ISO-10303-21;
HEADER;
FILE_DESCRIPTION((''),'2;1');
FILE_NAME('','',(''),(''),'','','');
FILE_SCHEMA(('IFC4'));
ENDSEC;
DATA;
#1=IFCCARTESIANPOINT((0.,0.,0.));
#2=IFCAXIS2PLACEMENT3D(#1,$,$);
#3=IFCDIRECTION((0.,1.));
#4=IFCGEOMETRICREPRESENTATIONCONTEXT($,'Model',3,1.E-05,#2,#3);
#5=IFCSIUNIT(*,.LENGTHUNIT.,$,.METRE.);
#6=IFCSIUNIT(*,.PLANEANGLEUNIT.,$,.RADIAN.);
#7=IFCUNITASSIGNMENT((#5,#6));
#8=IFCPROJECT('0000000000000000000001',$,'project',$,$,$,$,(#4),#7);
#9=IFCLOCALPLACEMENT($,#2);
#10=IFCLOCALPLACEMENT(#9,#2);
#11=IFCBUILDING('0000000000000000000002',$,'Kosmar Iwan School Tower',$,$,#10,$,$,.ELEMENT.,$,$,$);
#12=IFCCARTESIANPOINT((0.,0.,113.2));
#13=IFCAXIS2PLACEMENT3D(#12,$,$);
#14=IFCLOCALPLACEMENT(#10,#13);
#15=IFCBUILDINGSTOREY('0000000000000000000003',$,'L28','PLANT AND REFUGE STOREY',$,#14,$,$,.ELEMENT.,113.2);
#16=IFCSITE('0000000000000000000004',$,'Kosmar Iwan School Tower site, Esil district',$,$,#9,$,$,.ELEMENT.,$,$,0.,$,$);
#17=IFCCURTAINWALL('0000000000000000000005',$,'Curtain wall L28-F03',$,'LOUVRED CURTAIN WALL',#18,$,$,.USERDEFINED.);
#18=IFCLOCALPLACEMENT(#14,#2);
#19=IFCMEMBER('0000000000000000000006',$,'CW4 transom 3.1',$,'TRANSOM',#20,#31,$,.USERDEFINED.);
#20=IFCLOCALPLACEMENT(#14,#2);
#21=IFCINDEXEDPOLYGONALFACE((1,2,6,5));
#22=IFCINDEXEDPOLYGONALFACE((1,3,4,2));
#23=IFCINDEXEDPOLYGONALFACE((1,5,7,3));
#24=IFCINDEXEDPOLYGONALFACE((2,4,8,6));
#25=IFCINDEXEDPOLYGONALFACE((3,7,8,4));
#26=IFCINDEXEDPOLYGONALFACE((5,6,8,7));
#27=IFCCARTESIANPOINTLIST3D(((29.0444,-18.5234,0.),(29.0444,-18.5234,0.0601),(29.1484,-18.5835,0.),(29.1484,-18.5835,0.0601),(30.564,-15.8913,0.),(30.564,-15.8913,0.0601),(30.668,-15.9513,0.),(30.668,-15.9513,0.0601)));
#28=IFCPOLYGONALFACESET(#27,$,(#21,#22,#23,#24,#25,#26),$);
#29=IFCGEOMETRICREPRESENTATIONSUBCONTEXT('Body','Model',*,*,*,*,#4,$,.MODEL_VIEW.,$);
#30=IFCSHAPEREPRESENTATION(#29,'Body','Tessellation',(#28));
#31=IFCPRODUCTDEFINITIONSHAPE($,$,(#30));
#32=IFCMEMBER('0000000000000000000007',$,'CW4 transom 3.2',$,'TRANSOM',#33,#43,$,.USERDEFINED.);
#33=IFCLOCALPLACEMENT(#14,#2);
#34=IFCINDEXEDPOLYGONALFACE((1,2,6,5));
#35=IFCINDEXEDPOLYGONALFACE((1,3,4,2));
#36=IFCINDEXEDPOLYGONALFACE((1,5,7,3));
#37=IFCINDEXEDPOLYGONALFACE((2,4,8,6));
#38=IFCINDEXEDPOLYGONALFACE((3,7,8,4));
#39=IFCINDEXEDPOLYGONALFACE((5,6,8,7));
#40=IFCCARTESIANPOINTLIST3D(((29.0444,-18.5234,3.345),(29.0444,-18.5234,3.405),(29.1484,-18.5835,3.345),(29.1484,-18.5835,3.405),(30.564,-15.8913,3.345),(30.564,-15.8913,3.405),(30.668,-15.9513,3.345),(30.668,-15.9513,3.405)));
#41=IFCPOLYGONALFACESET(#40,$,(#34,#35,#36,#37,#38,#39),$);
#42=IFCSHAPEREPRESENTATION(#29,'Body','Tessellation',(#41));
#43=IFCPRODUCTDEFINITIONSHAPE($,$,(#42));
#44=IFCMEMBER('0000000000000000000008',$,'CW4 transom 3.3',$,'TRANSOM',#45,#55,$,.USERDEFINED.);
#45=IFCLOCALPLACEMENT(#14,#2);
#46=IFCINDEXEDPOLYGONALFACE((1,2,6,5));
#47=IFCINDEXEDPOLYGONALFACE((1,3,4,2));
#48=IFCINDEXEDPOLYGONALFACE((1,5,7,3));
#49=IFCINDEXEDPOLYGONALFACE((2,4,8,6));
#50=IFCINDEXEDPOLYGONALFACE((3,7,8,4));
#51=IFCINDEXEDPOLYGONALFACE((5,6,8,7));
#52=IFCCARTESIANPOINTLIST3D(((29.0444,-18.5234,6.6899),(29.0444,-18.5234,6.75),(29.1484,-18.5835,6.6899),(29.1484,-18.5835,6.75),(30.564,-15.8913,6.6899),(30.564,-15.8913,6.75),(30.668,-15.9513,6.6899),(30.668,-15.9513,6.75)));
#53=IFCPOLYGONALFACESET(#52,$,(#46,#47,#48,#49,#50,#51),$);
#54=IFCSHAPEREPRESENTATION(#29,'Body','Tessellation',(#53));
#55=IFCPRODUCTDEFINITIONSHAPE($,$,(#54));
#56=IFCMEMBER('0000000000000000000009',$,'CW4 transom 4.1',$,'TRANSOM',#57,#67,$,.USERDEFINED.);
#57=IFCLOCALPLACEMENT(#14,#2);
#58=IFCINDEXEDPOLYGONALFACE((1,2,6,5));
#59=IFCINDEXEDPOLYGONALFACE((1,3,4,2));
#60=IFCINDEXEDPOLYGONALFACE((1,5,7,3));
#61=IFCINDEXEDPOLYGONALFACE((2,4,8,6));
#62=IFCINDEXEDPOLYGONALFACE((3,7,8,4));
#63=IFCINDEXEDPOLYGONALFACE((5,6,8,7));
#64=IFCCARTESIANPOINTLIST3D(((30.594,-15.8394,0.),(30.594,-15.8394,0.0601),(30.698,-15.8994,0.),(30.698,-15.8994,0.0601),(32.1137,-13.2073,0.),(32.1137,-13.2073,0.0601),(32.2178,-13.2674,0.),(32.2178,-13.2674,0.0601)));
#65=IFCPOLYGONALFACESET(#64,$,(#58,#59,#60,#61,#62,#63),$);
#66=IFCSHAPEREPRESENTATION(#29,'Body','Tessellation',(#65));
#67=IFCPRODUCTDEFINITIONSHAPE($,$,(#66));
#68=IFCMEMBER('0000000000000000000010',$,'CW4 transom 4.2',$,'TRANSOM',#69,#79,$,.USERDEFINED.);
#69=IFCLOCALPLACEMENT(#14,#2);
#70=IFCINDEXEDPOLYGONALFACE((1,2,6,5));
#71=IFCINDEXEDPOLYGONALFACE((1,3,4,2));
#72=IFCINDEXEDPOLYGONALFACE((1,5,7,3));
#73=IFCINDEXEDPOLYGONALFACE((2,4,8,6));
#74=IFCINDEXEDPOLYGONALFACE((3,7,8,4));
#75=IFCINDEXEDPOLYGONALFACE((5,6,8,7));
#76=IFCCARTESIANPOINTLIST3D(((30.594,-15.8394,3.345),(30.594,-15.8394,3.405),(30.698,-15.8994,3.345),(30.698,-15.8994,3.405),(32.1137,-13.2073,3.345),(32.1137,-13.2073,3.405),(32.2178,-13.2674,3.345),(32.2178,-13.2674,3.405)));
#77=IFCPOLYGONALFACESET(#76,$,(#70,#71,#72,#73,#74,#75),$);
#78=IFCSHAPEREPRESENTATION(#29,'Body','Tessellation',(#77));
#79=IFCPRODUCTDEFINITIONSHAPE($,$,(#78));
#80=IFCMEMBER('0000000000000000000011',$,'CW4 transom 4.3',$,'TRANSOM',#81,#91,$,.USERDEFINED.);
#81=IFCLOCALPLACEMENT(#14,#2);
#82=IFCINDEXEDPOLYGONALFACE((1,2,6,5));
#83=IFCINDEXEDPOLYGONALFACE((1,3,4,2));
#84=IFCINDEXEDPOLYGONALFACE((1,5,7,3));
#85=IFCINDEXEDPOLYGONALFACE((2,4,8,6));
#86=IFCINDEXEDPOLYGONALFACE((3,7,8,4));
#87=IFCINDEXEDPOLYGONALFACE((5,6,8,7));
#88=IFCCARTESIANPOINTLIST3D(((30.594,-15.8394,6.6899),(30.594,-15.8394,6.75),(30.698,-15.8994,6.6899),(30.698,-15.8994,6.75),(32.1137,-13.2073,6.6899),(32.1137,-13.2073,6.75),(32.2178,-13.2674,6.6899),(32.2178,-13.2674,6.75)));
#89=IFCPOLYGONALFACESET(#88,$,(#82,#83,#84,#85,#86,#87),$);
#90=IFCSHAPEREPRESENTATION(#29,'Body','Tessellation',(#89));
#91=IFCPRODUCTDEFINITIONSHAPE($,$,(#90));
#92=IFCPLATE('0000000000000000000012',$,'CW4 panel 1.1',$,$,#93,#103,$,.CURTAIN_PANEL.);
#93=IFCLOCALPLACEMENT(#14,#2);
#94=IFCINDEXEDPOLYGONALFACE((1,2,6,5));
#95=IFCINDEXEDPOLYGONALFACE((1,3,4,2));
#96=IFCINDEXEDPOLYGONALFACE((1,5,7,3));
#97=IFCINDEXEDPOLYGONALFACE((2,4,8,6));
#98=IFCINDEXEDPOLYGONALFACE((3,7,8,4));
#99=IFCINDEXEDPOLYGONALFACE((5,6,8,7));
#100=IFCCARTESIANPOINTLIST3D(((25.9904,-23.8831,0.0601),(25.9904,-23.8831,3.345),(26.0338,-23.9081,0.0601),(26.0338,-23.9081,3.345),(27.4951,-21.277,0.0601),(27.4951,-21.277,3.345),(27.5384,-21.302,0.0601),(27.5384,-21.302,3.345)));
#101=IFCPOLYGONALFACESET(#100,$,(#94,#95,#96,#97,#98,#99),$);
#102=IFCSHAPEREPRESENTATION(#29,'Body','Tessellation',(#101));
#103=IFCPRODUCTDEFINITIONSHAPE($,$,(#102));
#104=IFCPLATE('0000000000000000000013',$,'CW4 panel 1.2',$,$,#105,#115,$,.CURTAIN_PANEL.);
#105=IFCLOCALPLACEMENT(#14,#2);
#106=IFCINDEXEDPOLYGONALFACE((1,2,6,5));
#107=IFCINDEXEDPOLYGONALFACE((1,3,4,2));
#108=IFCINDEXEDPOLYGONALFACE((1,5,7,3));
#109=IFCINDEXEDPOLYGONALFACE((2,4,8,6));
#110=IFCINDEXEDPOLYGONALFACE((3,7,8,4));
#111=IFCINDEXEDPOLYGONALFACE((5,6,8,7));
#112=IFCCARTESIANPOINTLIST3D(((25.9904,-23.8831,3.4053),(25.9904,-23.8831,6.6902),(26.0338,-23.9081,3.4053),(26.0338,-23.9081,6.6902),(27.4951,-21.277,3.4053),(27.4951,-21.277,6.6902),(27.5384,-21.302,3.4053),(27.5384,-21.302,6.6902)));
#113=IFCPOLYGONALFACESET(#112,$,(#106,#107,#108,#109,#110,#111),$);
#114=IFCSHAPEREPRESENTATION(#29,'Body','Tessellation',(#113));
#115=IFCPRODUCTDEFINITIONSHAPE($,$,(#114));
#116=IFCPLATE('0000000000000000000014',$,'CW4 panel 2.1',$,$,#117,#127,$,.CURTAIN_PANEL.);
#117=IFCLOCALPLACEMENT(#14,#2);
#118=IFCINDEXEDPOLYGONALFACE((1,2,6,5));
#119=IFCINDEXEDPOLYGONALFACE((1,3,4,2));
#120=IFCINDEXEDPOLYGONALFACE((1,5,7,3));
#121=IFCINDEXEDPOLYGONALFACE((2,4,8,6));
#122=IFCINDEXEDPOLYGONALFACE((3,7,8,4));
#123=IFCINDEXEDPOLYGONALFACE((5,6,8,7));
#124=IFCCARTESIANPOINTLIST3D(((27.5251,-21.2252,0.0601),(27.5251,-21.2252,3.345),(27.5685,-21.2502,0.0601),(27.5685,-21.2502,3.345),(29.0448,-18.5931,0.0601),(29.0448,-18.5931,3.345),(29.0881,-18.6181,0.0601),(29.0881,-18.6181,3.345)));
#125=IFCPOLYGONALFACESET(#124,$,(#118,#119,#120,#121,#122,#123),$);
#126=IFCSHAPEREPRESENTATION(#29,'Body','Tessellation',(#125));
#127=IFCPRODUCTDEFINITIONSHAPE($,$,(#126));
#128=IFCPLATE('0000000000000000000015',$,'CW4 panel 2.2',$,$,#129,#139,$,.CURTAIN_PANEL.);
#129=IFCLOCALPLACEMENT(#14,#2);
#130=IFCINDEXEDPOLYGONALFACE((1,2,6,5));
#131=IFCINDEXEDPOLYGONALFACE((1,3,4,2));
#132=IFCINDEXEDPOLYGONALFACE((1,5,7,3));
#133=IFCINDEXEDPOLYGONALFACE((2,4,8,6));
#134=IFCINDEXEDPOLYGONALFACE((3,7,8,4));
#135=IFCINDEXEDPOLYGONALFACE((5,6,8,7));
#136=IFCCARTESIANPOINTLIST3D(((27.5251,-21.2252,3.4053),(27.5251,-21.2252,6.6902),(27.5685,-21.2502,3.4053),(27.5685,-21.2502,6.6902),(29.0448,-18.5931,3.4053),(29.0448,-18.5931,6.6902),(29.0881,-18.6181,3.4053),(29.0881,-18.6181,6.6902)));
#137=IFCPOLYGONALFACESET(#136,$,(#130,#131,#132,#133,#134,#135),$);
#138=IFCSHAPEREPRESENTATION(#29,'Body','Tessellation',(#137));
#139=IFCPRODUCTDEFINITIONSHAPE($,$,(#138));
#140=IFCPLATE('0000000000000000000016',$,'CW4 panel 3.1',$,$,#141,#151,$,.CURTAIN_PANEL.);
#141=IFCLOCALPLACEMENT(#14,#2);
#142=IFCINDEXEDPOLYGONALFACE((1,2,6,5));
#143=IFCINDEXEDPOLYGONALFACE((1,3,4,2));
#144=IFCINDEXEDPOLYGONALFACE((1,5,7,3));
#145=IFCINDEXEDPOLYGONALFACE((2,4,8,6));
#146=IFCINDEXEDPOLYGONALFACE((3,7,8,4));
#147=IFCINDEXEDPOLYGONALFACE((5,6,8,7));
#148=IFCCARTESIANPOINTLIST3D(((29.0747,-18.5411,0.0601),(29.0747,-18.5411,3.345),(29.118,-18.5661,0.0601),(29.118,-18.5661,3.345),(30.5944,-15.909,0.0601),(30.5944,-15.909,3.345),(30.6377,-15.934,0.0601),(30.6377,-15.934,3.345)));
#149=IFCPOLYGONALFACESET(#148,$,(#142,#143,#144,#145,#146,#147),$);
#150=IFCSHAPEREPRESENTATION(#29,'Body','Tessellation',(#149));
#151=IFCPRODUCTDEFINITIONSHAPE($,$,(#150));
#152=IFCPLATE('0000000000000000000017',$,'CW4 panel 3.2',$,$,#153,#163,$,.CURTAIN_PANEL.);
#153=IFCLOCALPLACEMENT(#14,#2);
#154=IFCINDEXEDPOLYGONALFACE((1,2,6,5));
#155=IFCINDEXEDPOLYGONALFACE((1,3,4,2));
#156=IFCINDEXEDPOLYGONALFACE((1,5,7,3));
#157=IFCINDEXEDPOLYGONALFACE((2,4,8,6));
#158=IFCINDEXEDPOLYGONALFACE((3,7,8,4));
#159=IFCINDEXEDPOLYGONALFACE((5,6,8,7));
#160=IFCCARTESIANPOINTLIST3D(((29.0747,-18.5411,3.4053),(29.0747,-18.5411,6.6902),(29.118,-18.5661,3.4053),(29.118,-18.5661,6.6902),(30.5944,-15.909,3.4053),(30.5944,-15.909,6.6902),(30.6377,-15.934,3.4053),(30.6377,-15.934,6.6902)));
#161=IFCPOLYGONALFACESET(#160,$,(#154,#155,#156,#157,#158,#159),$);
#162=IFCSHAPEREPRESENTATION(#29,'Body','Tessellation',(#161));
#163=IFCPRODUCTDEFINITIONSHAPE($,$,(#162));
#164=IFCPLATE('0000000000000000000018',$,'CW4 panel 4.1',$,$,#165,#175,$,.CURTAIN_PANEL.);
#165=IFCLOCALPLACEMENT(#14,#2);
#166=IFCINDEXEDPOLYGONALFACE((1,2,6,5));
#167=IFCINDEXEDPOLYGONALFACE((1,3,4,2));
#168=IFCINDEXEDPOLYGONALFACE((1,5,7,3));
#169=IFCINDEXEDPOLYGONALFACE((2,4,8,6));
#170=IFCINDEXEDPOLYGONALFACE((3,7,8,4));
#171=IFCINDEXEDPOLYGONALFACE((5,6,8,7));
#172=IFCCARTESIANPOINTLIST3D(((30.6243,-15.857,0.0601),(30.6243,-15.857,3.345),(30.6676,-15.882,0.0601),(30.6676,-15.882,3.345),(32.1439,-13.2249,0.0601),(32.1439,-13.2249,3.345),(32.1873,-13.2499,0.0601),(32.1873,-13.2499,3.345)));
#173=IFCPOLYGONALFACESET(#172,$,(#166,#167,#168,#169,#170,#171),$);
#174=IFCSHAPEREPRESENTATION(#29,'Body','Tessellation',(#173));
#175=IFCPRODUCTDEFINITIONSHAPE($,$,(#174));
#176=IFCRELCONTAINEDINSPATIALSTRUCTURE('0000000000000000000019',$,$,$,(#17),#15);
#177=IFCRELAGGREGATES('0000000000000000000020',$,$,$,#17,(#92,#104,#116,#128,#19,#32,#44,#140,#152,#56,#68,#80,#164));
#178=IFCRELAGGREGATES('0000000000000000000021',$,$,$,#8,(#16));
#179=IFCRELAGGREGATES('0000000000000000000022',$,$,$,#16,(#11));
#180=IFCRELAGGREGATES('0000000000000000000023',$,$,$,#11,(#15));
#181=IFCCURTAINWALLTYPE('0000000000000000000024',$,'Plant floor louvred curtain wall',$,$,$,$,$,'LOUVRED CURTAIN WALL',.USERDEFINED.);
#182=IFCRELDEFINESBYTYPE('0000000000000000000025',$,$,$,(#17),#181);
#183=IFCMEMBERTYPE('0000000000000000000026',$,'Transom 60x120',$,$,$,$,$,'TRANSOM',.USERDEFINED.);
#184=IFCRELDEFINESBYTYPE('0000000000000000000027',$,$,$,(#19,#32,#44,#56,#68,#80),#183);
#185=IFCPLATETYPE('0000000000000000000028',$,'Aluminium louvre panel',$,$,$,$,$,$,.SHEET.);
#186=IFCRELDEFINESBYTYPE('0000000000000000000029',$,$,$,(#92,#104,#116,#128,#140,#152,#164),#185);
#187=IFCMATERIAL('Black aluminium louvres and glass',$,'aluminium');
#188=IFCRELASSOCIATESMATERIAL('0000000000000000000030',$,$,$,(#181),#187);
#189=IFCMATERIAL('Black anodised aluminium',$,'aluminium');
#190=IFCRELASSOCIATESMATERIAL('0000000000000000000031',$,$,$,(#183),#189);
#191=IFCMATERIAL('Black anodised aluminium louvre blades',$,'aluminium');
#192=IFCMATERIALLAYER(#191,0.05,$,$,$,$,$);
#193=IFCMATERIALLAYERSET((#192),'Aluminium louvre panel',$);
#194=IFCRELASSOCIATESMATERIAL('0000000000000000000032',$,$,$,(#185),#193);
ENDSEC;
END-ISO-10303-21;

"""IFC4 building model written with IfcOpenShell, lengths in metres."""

from ifc_helpers import new_model, si_unit, direction, frame, origin, origin_2d, place, context, subcontext, project, spatial, rectangle, extrude, material, layer, layer_set, material_profile, profile_set, type_object, element, aggregate, save


model = new_model("IFC4")

# Units and contexts
model_context = context("Model", 3, precision=1e-05, world=origin(), true_north=direction((0.0, 1.0)))
body_context = subcontext(model_context, "Body", "Model", "MODEL_VIEW")
ifc_project = project(units=[si_unit("LENGTHUNIT", "METRE"), si_unit("PLANEANGLEUNIT", "RADIAN")], contexts=[model_context])

# Site, building, storey
site_placement = place(None, origin())
site = spatial("IfcSite", under=ifc_project, at=site_placement, Name="Kosmar Iwan School Tower site, Esil district", CompositionType="ELEMENT", RefElevation=0.0)
building_placement = place(site_placement, origin())
building = spatial("IfcBuilding", under=site, at=building_placement, Name="Kosmar Iwan School Tower", CompositionType="ELEMENT")
storey_placement = place(building_placement, frame((0.0, 0.0, 113.2)))
storey = spatial("IfcBuildingStorey", under=building, at=storey_placement, Name="L28", Description="PLANT AND REFUGE STOREY", CompositionType="ELEMENT", Elevation=113.2)

# Curtain wall
ifc_material_1 = material(Name="Black aluminium louvres and glass", Category="aluminium")
curtain_wall_type_1 = type_object("IfcCurtainWallType", Name="Plant floor louvred curtain wall", ElementType="LOUVRED CURTAIN WALL", PredefinedType="USERDEFINED", material=ifc_material_1)
curtain_wall_1_placement = place(storey_placement, origin())
curtain_wall_1 = element("IfcCurtainWall", 1, at=curtain_wall_1_placement, inside=storey, type_object=curtain_wall_type_1, Name="Curtain wall L28-F03", ObjectType="LOUVRED CURTAIN WALL", PredefinedType="USERDEFINED")

# Members
ifc_material_2 = material(Name="Black anodised aluminium", Category="aluminium")
ifc_material_profile_1 = material_profile(ifc_material_2, rectangle(XDim=0.1201, YDim=0.0601, at=origin_2d()), Name="TRANSOM 60x120")
ifc_profile_set_1 = profile_set([ifc_material_profile_1], Name="Black anodised aluminium")
member_type_1 = type_object("IfcMemberType", Name="Transom 60x120", ElementType="TRANSOM", PredefinedType="USERDEFINED", material=ifc_profile_set_1)
member_1_placement = place(storey_placement, frame((29.0964, -18.5535, 0.03), z_axis=(0.499975, 0.86604, 0.0), x_axis=(-0.86604, 0.499975, 0.0)))
member_1 = element("IfcMember", 2, at=member_1_placement, type_object=member_type_1, Name="CW4 transom 3.1", ObjectType="TRANSOM", PredefinedType="USERDEFINED", context=body_context, shape_type="SweptSolid", body=[
    extrude(rectangle(XDim=0.1201, YDim=0.0601, at=origin_2d()), origin(), (0.0, 0.0, 1.0), 3.0393),
])
member_2_placement = place(storey_placement, frame((29.0964, -18.5535, 3.375), z_axis=(0.499975, 0.86604, 0.0), x_axis=(-0.86604, 0.499975, 0.0)))
member_2 = element("IfcMember", 3, at=member_2_placement, type_object=member_type_1, Name="CW4 transom 3.2", ObjectType="TRANSOM", PredefinedType="USERDEFINED", context=body_context, shape_type="SweptSolid", body=[
    extrude(rectangle(XDim=0.1201, YDim=0.0601, at=origin_2d()), origin(), (0.0, 0.0, 1.0), 3.0393),
])
member_3_placement = place(storey_placement, frame((29.0964, -18.5535, 6.72), z_axis=(0.499975, 0.86604, 0.0), x_axis=(-0.86604, 0.499975, 0.0)))
member_3 = element("IfcMember", 4, at=member_3_placement, type_object=member_type_1, Name="CW4 transom 3.3", ObjectType="TRANSOM", PredefinedType="USERDEFINED", context=body_context, shape_type="SweptSolid", body=[
    extrude(rectangle(XDim=0.1201, YDim=0.0601, at=origin_2d()), origin(), (0.0, 0.0, 1.0), 3.0393),
])
member_4_placement = place(storey_placement, frame((30.646, -15.8694, 0.03), z_axis=(0.500035, 0.866005, 0.0), x_axis=(-0.866005, 0.500035, 0.0)))
member_4 = element("IfcMember", 5, at=member_4_placement, type_object=member_type_1, Name="CW4 transom 4.1", ObjectType="TRANSOM", PredefinedType="USERDEFINED", context=body_context, shape_type="SweptSolid", body=[
    extrude(rectangle(XDim=0.1201, YDim=0.0601, at=origin_2d()), origin(), (0.0, 0.0, 1.0), 3.0393),
])
member_5_placement = place(storey_placement, frame((30.646, -15.8694, 3.375), z_axis=(0.500035, 0.866005, 0.0), x_axis=(-0.866005, 0.500035, 0.0)))
member_5 = element("IfcMember", 6, at=member_5_placement, type_object=member_type_1, Name="CW4 transom 4.2", ObjectType="TRANSOM", PredefinedType="USERDEFINED", context=body_context, shape_type="SweptSolid", body=[
    extrude(rectangle(XDim=0.1201, YDim=0.0601, at=origin_2d()), origin(), (0.0, 0.0, 1.0), 3.0393),
])
member_6_placement = place(storey_placement, frame((30.646, -15.8694, 6.72), z_axis=(0.500035, 0.866005, 0.0), x_axis=(-0.866005, 0.500035, 0.0)))
member_6 = element("IfcMember", 7, at=member_6_placement, type_object=member_type_1, Name="CW4 transom 4.3", ObjectType="TRANSOM", PredefinedType="USERDEFINED", context=body_context, shape_type="SweptSolid", body=[
    extrude(rectangle(XDim=0.1201, YDim=0.0601, at=origin_2d()), origin(), (0.0, 0.0, 1.0), 3.0393),
])

# Plates
ifc_material_3 = material(Name="Black anodised aluminium louvre blades", Category="aluminium")
ifc_layer = layer(ifc_material_3, 0.05)
ifc_layer_set = layer_set([ifc_layer], Name="Aluminium louvre panel")
plate_type = type_object("IfcPlateType", Name="Aluminium louvre panel", PredefinedType="SHEET", material=ifc_layer_set)
plate_1_placement = place(storey_placement, frame((26.7644, -22.5925, 0.0601), z_axis=(0.0, 0.0, 1.0), x_axis=(0.5, 0.866025, 0.0)))
plate_1 = element("IfcPlate", 8, at=plate_1_placement, type_object=plate_type, Name="CW4 panel 1.1", PredefinedType="CURTAIN_PANEL", context=body_context, shape_type="SweptSolid", body=[
    extrude(rectangle(XDim=3.0093, YDim=0.05, at=origin_2d()), origin(), (0.0, 0.0, 1.0), 3.2849),
])
plate_2_placement = place(storey_placement, frame((26.7644, -22.5925, 3.4053), z_axis=(0.0, 0.0, 1.0), x_axis=(0.5, 0.866025, 0.0)))
plate_2 = element("IfcPlate", 9, at=plate_2_placement, type_object=plate_type, Name="CW4 panel 1.2", PredefinedType="CURTAIN_PANEL", context=body_context, shape_type="SweptSolid", body=[
    extrude(rectangle(XDim=3.0093, YDim=0.05, at=origin_2d()), origin(), (0.0, 0.0, 1.0), 3.2849),
])
plate_3_placement = place(storey_placement, frame((28.3066, -19.9216, 0.0601), z_axis=(0.0, 0.0, 1.0), x_axis=(0.5, 0.866025, 0.0)))
plate_3 = element("IfcPlate", 10, at=plate_3_placement, type_object=plate_type, Name="CW4 panel 2.1", PredefinedType="CURTAIN_PANEL", context=body_context, shape_type="SweptSolid", body=[
    extrude(rectangle(XDim=3.0393, YDim=0.05, at=origin_2d()), origin(), (0.0, 0.0, 1.0), 3.2849),
])
plate_4_placement = place(storey_placement, frame((28.3066, -19.9216, 3.4053), z_axis=(0.0, 0.0, 1.0), x_axis=(0.5, 0.866025, 0.0)))
plate_4 = element("IfcPlate", 11, at=plate_4_placement, type_object=plate_type, Name="CW4 panel 2.2", PredefinedType="CURTAIN_PANEL", context=body_context, shape_type="SweptSolid", body=[
    extrude(rectangle(XDim=3.0393, YDim=0.05, at=origin_2d()), origin(), (0.0, 0.0, 1.0), 3.2849),
])
plate_5_placement = place(storey_placement, frame((29.8562, -17.2375, 0.0601), z_axis=(0.0, 0.0, 1.0), x_axis=(0.5, 0.866025, 0.0)))
plate_5 = element("IfcPlate", 12, at=plate_5_placement, type_object=plate_type, Name="CW4 panel 3.1", PredefinedType="CURTAIN_PANEL", context=body_context, shape_type="SweptSolid", body=[
    extrude(rectangle(XDim=3.0393, YDim=0.05, at=origin_2d()), origin(), (0.0, 0.0, 1.0), 3.2849),
])
plate_6_placement = place(storey_placement, frame((29.8562, -17.2375, 3.4053), z_axis=(0.0, 0.0, 1.0), x_axis=(0.5, 0.866025, 0.0)))
plate_6 = element("IfcPlate", 13, at=plate_6_placement, type_object=plate_type, Name="CW4 panel 3.2", PredefinedType="CURTAIN_PANEL", context=body_context, shape_type="SweptSolid", body=[
    extrude(rectangle(XDim=3.0393, YDim=0.05, at=origin_2d()), origin(), (0.0, 0.0, 1.0), 3.2849),
])
plate_7_placement = place(storey_placement, frame((31.4058, -14.5535, 0.0601), z_axis=(0.0, 0.0, 1.0), x_axis=(0.5, 0.866025, 0.0)))
plate_7 = element("IfcPlate", 14, at=plate_7_placement, type_object=plate_type, Name="CW4 panel 4.1", PredefinedType="CURTAIN_PANEL", context=body_context, shape_type="SweptSolid", body=[
    extrude(rectangle(XDim=3.0393, YDim=0.05, at=origin_2d()), origin(), (0.0, 0.0, 1.0), 3.2849),
])
aggregate(curtain_wall_1, [plate_1, plate_2, plate_3, plate_4, member_1, member_2, member_3, plate_5, plate_6, member_4, member_5, member_6, plate_7])

save(model, "model.ifc")
